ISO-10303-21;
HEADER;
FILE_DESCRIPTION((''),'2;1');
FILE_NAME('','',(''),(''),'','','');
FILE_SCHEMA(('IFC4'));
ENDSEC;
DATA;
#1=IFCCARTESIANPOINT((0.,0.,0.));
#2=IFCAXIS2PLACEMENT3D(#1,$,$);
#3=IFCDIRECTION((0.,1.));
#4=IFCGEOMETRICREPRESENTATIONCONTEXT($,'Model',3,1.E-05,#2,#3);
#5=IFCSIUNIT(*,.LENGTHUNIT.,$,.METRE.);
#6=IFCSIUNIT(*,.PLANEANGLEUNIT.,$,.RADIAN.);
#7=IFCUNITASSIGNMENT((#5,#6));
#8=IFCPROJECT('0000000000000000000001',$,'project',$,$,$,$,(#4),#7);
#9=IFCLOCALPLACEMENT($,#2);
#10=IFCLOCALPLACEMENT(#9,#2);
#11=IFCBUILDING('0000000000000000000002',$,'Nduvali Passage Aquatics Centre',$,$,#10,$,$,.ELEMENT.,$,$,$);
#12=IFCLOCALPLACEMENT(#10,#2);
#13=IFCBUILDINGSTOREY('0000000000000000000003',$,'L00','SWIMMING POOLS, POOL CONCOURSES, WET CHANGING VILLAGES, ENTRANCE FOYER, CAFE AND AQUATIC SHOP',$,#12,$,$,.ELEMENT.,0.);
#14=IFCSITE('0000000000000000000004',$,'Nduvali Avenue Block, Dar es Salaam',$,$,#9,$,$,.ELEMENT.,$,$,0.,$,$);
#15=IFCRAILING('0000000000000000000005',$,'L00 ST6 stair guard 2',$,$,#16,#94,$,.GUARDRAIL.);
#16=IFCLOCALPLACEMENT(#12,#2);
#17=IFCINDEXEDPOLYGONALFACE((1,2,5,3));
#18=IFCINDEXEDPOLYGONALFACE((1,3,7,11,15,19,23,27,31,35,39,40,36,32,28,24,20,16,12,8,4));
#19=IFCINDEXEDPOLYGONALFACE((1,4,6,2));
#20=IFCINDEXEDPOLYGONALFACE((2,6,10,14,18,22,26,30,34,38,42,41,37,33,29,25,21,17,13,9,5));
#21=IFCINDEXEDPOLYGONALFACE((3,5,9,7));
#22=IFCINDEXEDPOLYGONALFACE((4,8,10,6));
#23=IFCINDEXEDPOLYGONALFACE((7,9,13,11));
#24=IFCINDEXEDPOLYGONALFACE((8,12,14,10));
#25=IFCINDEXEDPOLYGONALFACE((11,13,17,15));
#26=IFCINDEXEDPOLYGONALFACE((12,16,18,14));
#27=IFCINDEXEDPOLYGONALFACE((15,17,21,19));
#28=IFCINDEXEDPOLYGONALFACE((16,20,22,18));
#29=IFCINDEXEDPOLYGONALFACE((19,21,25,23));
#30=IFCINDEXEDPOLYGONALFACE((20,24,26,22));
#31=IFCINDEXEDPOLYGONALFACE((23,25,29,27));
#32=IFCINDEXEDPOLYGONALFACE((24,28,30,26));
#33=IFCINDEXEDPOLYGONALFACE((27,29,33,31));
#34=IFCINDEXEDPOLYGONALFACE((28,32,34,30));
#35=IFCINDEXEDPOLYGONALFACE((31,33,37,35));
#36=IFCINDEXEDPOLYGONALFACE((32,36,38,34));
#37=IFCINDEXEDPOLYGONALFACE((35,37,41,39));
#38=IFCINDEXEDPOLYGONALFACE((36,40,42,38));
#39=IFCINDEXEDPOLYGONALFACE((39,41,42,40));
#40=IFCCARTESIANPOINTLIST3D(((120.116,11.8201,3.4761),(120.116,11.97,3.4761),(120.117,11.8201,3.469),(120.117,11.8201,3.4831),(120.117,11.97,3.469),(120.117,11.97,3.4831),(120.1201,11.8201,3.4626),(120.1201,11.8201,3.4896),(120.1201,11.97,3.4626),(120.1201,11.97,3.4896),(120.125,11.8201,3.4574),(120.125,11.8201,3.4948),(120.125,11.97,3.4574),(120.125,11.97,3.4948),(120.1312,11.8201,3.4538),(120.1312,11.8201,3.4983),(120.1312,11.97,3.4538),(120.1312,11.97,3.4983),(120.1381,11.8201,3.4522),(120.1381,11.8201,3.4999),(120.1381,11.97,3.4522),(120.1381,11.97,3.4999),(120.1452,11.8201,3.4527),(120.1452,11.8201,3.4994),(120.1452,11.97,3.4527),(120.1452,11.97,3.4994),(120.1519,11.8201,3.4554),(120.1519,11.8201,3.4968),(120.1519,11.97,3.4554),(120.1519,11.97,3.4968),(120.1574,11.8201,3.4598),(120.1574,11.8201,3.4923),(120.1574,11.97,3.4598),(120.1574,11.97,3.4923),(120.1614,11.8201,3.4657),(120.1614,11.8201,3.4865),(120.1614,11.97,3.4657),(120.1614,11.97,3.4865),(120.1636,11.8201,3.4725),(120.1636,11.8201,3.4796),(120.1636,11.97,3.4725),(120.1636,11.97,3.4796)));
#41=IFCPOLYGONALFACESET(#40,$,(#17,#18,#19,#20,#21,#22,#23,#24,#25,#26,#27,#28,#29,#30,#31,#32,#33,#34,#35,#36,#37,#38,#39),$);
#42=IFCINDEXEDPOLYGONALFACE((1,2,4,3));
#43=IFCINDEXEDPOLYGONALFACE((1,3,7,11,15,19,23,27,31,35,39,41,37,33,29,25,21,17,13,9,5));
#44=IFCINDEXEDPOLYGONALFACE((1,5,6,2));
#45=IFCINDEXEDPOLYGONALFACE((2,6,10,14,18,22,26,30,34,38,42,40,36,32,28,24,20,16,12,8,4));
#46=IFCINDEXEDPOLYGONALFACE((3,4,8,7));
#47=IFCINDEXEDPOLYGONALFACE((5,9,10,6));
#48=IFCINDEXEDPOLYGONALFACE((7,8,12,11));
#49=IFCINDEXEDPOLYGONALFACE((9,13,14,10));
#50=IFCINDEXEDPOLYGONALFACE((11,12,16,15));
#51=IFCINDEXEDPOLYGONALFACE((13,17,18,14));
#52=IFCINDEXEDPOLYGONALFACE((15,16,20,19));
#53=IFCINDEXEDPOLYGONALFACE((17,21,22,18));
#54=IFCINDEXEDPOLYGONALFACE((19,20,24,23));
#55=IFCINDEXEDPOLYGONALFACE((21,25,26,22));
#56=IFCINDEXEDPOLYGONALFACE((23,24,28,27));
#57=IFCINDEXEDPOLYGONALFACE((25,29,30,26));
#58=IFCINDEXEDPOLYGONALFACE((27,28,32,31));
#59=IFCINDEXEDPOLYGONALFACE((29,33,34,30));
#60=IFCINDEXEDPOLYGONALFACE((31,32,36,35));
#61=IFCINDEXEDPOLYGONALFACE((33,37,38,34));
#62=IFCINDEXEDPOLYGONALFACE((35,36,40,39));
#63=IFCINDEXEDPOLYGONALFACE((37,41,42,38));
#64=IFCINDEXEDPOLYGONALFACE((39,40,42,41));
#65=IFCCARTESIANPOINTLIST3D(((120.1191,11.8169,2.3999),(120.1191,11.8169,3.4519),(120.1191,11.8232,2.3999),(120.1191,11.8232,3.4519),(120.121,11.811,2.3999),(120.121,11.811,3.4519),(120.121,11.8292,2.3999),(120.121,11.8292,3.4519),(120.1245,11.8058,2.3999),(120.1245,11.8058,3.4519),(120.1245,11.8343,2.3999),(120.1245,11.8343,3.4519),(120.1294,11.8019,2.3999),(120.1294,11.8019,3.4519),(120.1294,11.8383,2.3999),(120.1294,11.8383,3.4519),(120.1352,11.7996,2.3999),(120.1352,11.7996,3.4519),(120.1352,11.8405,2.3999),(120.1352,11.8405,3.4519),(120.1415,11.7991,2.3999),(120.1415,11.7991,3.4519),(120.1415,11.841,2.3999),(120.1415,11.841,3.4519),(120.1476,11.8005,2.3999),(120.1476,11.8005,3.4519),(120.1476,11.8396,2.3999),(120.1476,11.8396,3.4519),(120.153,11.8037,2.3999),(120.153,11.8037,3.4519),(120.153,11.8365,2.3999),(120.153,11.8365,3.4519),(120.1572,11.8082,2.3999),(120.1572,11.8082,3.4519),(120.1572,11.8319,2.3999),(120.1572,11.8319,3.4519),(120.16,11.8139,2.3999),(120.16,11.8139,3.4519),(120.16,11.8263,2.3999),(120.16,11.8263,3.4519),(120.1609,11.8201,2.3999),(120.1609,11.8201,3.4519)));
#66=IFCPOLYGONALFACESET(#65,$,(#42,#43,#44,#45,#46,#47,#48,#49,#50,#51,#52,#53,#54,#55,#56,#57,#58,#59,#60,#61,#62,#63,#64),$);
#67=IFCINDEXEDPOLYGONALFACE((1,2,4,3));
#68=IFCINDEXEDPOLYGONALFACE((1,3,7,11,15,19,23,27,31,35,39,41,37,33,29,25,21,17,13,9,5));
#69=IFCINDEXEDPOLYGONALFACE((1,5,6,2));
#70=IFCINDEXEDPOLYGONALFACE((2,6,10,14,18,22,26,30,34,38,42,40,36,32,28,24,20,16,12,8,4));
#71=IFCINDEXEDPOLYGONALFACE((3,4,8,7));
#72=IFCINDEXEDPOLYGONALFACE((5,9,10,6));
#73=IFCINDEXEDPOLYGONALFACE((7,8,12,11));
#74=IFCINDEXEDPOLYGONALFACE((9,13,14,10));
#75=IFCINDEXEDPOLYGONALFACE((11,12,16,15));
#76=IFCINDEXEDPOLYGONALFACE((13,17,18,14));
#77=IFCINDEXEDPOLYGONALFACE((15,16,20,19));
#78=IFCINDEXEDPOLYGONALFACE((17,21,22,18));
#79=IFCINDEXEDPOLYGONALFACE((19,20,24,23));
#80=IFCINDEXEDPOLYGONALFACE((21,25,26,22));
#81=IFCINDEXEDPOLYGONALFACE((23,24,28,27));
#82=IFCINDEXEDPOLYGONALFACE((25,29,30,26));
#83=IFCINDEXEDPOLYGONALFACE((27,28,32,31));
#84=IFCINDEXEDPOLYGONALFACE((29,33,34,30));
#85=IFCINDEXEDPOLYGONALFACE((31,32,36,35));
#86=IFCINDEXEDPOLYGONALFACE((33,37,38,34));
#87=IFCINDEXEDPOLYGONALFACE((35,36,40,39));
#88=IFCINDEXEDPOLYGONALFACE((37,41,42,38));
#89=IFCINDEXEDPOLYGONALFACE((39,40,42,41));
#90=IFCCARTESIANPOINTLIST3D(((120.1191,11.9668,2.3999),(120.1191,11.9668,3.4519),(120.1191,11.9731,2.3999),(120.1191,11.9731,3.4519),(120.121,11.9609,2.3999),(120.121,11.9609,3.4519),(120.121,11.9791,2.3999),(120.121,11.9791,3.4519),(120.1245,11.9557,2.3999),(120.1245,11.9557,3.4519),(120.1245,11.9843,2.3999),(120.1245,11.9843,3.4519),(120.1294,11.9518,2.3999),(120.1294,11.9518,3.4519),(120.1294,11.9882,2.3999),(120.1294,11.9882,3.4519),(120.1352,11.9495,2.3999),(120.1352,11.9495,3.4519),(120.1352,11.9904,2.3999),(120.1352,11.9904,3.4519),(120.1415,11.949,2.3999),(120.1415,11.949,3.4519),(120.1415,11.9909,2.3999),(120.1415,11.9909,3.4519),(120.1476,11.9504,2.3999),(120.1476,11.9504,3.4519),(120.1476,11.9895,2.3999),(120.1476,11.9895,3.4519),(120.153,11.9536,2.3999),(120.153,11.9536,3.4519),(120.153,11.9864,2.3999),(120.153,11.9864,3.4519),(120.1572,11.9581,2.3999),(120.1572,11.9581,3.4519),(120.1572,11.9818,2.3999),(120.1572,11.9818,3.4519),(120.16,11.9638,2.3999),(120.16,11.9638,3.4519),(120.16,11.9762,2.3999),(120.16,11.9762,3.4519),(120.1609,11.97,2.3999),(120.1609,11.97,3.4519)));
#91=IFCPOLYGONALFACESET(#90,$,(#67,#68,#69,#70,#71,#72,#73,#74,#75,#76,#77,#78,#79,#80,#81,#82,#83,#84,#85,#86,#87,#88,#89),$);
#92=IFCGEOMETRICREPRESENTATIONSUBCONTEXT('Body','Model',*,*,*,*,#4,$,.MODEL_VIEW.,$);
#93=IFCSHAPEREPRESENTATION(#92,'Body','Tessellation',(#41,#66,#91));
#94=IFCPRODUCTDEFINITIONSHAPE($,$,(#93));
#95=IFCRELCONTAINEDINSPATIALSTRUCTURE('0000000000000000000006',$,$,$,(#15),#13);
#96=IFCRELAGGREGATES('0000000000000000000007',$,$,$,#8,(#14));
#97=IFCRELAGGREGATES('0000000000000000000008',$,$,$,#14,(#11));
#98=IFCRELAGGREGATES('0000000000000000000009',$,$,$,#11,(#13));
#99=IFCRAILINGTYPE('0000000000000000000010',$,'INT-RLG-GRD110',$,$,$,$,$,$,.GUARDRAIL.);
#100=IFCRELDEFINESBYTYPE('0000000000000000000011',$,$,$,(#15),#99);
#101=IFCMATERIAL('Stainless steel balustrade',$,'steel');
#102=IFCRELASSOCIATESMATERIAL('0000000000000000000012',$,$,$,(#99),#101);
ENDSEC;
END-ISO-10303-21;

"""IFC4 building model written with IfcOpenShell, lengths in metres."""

from ifc_helpers import new_model, si_unit, direction, frame, origin, origin_2d, place, context, subcontext, project, spatial, circle, extrude, material, type_object, element, save


model = new_model("IFC4")

# Units and contexts
model_context = context("Model", 3, precision=1e-05, world=origin(), true_north=direction((0.0, 1.0)))
body_context = subcontext(model_context, "Body", "Model", "MODEL_VIEW")
ifc_project = project(units=[si_unit("LENGTHUNIT", "METRE"), si_unit("PLANEANGLEUNIT", "RADIAN")], contexts=[model_context])

# Site, building, storey
site_placement = place(None, origin())
site = spatial("IfcSite", under=ifc_project, at=site_placement, Name="Nduvali Avenue Block, Dar es Salaam", CompositionType="ELEMENT", RefElevation=0.0)
building_placement = place(site_placement, origin())
building = spatial("IfcBuilding", under=site, at=building_placement, Name="Nduvali Passage Aquatics Centre", CompositionType="ELEMENT")
storey_placement = place(building_placement, origin())
storey = spatial("IfcBuildingStorey", under=building, at=storey_placement, Name="L00", Description="SWIMMING POOLS, POOL CONCOURSES, WET CHANGING VILLAGES, ENTRANCE FOYER, CAFE AND AQUATIC SHOP", CompositionType="ELEMENT", Elevation=0.0)

# Railing
ifc_material_1 = material(Name="Stainless steel balustrade", Category="steel")
railing_type_1 = type_object("IfcRailingType", Name="INT-RLG-GRD110", PredefinedType="GUARDRAIL", material=ifc_material_1)
railing_1_placement = place(storey_placement, frame((120.1399, 11.8201, 2.3999)))
element("IfcRailing", 1, at=railing_1_placement, inside=storey, type_object=railing_type_1, Name="L00 ST6 stair guard 2", PredefinedType="GUARDRAIL", context=body_context, shape_type="SweptSolid", body=[
    extrude(circle(Radius=0.0239, at=origin_2d()), frame((0.0, 0.0, 1.0762), z_axis=(0.0, 1.0, 0.0), x_axis=(-1.0, 0.0, 0.0)), (0.0, 0.0, 1.0), 0.1499),
    extrude(circle(Radius=0.021, at=origin_2d()), origin(), (0.0, 0.0, 1.0), 1.052),
    extrude(circle(Radius=0.021, at=origin_2d()), frame((0.0, 0.1499, 0.0)), (0.0, 0.0, 1.0), 1.052),
])

save(model, "model.ifc")
